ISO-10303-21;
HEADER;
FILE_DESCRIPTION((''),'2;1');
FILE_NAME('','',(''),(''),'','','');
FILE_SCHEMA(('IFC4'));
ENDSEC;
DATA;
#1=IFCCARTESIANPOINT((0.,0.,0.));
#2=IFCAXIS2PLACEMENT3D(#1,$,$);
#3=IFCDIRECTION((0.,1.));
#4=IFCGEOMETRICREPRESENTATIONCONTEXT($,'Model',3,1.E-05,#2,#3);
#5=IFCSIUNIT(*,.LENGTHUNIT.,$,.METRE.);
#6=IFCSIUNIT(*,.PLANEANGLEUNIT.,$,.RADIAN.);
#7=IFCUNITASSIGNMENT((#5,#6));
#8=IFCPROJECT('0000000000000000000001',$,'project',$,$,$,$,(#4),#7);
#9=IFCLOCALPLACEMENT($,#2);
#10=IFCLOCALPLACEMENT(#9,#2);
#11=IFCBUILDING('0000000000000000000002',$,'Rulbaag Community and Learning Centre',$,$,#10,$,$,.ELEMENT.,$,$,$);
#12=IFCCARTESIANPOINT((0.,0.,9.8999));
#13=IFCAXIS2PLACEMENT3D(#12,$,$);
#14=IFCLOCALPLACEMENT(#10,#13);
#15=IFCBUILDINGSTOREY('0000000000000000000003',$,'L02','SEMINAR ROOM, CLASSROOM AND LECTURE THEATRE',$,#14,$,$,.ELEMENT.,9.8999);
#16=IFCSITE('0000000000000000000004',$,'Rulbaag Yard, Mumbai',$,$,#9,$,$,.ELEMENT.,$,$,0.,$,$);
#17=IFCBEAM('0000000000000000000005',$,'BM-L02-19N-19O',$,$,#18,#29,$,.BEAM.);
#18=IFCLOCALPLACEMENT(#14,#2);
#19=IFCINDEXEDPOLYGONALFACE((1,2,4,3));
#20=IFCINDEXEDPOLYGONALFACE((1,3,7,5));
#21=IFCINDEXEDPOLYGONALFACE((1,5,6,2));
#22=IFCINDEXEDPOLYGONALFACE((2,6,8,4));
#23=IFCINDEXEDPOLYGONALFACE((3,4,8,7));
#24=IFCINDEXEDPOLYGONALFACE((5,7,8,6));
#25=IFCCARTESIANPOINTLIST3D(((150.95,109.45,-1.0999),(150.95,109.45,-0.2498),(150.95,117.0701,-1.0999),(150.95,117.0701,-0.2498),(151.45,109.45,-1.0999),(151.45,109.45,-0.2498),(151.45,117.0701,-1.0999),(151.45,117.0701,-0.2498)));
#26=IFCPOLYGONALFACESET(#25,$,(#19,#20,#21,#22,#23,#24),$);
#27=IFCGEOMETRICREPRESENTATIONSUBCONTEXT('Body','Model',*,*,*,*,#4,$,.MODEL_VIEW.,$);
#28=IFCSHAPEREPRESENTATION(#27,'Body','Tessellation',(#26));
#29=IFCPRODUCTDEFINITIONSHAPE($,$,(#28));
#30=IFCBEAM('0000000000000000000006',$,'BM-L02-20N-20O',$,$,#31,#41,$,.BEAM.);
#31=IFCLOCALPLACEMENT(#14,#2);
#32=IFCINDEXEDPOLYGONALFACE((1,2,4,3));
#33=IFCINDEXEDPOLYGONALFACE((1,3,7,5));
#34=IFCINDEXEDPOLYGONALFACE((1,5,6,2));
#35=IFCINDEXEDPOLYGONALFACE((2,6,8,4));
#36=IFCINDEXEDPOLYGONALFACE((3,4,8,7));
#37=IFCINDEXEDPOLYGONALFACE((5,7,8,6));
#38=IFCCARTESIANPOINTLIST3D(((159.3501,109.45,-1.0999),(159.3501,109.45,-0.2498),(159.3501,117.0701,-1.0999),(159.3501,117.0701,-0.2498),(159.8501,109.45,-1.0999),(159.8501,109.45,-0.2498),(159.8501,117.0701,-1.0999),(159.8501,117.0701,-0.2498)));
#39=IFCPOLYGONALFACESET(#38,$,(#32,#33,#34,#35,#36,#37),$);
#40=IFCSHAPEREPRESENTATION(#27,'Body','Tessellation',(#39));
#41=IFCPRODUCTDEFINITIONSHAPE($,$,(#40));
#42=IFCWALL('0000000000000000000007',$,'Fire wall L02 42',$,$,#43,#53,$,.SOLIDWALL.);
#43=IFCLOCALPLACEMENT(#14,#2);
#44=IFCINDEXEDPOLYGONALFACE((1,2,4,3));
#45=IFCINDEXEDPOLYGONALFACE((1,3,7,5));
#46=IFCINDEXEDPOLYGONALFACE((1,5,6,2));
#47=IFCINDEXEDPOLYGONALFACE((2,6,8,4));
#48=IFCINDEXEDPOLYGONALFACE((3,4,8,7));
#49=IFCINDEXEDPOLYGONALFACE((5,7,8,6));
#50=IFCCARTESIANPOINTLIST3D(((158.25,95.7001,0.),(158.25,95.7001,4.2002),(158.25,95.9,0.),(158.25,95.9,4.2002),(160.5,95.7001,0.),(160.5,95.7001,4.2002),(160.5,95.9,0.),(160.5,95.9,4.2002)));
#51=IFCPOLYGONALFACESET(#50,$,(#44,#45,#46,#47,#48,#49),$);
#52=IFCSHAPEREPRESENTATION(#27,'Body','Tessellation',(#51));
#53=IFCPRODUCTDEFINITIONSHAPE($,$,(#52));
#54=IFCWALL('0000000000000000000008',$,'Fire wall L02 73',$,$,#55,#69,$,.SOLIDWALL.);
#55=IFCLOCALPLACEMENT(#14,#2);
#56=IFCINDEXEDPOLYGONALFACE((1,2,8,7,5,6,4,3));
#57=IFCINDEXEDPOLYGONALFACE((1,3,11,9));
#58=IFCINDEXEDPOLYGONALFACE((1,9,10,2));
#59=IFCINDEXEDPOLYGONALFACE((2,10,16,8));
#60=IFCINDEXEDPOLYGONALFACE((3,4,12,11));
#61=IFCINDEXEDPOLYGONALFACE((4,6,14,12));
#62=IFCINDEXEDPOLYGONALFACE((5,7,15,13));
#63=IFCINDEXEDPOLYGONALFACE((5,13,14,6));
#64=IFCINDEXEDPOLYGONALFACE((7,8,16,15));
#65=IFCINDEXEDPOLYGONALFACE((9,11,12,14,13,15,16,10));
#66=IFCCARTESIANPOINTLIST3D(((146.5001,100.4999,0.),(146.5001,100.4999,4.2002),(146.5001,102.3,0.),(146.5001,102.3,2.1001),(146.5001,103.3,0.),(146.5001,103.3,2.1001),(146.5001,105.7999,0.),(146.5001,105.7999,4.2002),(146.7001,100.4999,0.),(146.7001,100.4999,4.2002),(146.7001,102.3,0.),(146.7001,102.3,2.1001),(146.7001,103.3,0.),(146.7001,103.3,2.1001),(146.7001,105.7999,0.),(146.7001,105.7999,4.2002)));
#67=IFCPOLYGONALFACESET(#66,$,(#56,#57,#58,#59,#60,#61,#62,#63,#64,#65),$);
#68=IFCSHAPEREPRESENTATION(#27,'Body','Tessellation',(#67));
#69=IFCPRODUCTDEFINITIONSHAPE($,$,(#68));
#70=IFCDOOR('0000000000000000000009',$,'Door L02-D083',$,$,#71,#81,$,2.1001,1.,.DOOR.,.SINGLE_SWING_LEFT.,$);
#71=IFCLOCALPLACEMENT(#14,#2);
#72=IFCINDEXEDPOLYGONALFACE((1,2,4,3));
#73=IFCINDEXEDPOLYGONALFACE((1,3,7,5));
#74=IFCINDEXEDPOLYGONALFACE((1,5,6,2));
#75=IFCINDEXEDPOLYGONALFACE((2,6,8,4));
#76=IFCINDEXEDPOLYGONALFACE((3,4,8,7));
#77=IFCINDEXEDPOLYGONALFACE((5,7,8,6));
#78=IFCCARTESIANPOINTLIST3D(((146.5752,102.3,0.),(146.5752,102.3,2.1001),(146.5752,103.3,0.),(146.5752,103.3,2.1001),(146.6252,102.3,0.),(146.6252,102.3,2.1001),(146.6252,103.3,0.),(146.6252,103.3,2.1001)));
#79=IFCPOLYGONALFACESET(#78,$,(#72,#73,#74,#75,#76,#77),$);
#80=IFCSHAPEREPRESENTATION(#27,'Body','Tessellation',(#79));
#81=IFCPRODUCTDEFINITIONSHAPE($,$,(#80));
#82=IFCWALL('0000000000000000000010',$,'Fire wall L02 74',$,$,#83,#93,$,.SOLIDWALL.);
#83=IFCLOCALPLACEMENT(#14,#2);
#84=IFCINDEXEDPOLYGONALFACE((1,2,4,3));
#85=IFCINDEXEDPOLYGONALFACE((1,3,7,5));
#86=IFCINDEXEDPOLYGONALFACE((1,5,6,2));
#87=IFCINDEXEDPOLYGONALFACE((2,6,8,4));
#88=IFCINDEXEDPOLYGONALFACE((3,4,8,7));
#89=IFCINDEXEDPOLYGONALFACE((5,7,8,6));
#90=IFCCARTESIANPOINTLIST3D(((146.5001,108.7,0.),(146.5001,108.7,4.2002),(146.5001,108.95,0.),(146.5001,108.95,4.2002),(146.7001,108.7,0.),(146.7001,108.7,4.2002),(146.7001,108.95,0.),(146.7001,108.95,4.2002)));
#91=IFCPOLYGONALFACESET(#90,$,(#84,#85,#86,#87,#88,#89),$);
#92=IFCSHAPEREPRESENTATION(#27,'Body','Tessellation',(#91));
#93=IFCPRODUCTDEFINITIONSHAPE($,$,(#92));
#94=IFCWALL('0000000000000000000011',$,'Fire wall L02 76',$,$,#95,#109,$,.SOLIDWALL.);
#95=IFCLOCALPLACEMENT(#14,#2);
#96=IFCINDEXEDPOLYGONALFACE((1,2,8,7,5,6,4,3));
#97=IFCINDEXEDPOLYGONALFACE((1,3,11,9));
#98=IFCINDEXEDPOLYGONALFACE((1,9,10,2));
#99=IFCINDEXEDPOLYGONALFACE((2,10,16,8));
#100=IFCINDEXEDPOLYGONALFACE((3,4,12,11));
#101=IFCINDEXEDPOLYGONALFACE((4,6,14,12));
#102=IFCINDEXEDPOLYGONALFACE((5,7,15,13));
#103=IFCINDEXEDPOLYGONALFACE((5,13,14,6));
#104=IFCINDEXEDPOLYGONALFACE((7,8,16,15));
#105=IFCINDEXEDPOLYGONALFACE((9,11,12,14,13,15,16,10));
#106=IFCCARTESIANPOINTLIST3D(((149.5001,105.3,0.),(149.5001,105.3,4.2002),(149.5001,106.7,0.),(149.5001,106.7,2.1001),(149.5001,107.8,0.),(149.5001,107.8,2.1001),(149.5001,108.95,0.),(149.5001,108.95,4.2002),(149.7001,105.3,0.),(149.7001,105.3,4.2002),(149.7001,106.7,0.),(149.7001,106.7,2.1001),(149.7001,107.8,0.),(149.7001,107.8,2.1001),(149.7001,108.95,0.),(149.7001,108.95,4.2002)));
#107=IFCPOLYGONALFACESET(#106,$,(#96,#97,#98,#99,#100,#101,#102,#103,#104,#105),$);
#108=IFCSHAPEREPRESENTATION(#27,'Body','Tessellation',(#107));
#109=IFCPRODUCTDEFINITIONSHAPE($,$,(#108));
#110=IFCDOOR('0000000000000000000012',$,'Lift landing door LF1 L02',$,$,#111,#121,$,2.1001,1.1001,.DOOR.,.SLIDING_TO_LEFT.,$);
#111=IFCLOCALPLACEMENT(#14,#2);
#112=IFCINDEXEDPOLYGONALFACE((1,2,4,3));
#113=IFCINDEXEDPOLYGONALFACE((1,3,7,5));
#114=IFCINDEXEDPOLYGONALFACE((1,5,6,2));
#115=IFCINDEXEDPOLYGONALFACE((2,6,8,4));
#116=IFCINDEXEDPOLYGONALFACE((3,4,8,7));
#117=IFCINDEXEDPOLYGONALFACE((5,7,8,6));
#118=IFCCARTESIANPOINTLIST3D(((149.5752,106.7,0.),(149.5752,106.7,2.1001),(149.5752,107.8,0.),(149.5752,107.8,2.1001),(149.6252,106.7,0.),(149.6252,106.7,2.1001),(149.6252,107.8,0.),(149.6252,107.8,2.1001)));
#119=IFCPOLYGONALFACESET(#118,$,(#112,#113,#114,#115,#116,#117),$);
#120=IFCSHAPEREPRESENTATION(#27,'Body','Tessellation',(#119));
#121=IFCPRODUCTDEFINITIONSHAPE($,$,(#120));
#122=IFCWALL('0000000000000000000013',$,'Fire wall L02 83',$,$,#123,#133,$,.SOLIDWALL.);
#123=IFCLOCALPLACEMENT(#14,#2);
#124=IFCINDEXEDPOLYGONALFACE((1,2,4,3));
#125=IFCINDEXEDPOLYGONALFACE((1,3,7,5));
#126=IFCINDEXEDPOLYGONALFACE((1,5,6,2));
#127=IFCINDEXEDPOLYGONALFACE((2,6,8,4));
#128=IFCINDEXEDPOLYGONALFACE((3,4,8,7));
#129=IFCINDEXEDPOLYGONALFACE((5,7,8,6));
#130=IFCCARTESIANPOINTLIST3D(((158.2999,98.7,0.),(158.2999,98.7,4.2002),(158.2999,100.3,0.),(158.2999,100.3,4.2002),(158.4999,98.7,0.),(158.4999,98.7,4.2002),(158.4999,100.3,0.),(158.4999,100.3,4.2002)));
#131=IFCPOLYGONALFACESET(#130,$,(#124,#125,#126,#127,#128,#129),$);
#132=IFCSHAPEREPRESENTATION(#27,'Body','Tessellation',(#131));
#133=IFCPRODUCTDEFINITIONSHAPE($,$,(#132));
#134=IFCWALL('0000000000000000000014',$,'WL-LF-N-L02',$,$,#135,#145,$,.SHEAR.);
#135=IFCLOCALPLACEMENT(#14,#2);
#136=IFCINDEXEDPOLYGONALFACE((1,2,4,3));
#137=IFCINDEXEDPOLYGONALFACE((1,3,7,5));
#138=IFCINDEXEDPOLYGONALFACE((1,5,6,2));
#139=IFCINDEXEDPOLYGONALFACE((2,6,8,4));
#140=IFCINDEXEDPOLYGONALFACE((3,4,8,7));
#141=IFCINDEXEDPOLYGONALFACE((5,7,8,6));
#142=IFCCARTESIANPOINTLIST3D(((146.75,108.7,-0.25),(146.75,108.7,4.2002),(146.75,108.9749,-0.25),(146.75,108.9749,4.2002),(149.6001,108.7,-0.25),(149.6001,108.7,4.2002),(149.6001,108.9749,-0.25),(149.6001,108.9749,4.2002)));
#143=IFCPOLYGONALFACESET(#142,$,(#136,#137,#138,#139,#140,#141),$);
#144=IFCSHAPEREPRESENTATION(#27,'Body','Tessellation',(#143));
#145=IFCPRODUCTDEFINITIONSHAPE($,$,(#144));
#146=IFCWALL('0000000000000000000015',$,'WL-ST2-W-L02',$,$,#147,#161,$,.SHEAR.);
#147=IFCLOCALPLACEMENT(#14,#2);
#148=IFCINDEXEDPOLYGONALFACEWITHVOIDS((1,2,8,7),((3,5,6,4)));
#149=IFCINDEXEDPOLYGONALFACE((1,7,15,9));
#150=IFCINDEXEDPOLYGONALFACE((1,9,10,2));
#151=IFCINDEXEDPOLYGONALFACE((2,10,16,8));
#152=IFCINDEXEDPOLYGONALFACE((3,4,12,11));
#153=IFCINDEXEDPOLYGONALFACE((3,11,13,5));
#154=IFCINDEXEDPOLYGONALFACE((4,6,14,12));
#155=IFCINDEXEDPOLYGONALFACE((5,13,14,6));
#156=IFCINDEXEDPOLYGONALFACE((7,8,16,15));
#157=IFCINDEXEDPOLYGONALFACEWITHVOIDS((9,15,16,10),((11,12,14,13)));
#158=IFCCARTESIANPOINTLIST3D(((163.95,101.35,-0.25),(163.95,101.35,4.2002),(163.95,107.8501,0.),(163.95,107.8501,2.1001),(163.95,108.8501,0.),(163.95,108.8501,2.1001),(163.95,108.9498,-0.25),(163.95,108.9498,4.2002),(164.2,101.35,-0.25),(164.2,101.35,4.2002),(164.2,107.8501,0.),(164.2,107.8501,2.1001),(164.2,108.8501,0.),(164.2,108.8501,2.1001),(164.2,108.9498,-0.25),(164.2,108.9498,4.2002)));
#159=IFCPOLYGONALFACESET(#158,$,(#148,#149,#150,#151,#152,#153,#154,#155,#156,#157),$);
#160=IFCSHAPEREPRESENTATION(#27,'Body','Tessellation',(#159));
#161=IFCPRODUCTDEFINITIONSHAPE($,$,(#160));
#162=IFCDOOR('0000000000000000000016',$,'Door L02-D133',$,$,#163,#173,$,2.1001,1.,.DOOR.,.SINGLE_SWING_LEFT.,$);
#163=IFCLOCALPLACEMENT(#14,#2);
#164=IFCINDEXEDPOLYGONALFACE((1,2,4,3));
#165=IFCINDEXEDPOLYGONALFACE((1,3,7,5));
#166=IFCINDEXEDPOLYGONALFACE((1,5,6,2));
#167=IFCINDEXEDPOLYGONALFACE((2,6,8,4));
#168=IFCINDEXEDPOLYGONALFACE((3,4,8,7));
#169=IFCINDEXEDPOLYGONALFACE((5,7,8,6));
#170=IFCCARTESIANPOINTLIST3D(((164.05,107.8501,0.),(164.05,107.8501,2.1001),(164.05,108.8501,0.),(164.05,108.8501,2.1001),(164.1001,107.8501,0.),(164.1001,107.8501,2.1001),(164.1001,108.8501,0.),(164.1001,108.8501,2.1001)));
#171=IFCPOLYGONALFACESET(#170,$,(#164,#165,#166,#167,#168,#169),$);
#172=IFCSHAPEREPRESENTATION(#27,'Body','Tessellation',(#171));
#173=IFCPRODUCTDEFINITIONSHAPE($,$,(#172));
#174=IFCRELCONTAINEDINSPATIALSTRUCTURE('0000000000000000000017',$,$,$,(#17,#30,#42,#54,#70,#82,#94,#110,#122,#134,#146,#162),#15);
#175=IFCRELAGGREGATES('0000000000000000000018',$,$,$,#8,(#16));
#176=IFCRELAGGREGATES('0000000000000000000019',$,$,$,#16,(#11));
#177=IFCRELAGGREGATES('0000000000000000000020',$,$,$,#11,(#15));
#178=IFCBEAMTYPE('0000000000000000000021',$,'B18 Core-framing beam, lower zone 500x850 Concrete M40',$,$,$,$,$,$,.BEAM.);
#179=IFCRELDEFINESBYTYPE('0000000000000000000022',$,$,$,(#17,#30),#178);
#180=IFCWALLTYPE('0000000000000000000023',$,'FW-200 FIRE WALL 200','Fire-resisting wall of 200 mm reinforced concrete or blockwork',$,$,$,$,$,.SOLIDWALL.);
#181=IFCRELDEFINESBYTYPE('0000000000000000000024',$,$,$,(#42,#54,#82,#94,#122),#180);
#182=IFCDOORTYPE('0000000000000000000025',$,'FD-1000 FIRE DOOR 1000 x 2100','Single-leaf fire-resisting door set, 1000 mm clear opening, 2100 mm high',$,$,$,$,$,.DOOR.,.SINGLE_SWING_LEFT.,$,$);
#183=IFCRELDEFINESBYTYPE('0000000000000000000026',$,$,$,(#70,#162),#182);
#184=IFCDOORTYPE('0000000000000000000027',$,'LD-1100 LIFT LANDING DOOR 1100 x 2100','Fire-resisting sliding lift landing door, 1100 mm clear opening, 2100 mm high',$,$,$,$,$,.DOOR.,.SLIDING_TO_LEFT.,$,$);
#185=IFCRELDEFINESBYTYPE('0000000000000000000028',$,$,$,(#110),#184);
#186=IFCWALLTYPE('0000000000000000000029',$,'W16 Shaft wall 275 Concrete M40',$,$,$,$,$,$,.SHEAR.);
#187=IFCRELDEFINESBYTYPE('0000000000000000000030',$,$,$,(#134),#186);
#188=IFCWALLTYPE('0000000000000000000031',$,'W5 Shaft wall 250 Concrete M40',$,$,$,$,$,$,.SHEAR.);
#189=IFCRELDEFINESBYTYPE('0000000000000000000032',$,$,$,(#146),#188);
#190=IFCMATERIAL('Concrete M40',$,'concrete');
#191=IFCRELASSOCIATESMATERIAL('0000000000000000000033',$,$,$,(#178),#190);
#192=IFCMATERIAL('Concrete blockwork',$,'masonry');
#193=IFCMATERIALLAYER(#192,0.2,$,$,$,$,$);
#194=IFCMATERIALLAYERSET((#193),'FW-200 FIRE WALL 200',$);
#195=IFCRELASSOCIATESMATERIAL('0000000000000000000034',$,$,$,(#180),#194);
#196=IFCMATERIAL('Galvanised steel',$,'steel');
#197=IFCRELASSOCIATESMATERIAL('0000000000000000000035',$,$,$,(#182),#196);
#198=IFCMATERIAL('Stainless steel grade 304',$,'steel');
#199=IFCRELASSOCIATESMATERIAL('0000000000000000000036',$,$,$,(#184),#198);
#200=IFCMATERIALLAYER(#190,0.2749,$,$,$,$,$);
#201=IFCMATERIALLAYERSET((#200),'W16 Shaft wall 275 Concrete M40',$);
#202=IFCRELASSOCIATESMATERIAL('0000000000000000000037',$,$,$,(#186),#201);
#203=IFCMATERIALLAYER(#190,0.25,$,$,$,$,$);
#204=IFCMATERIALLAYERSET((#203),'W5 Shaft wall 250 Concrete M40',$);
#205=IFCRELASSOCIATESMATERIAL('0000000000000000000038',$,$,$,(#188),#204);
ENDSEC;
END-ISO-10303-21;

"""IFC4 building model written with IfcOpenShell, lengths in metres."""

from ifc_helpers import new_model, si_unit, direction, frame, frame_2d, origin, origin_2d, place, context, subcontext, project, spatial, rectangle, extrude, material, layer, layer_set, material_profile, profile_set, type_object, element, fill, save


model = new_model("IFC4")

# Units and contexts
model_context = context("Model", 3, precision=1e-05, world=origin(), true_north=direction((0.0, 1.0)))
body_context = subcontext(model_context, "Body", "Model", "MODEL_VIEW")
ifc_project = project(units=[si_unit("LENGTHUNIT", "METRE"), si_unit("PLANEANGLEUNIT", "RADIAN")], contexts=[model_context])

# Site, building, storey
site_placement = place(None, origin())
site = spatial("IfcSite", under=ifc_project, at=site_placement, Name="Rulbaag Yard, Mumbai", CompositionType="ELEMENT", RefElevation=0.0)
building_placement = place(site_placement, origin())
building = spatial("IfcBuilding", under=site, at=building_placement, Name="Rulbaag Community and Learning Centre", CompositionType="ELEMENT")
storey_placement = place(building_placement, frame((0.0, 0.0, 9.8999)))
storey = spatial("IfcBuildingStorey", under=building, at=storey_placement, Name="L02", Description="SEMINAR ROOM, CLASSROOM AND LECTURE THEATRE", CompositionType="ELEMENT", Elevation=9.8999)

# Beams
ifc_material_1 = material(Name="Concrete M40", Category="concrete")
ifc_material_profile = material_profile(ifc_material_1, rectangle(XDim=0.5, YDim=0.8501, at=origin_2d()), Name="RB500x850")
ifc_profile_set = profile_set([ifc_material_profile], Name="Concrete M40")
beam_type = type_object("IfcBeamType", Name="B18 Core-framing beam, lower zone 500x850 Concrete M40", PredefinedType="BEAM", material=ifc_profile_set)
for number, where, z_axis, x_axis, name in (
    (1, (151.2, 109.45, -0.6748), (0.0, 1.0, 0.0), (-1.0, 0.0, 0.0), "BM-L02-19N-19O"),
    (2, (159.6001, 109.45, -0.6748), (0.0, 1.0, 0.0), (-1.0, 0.0, 0.0), "BM-L02-20N-20O"),
):
    element("IfcBeam", number, at=place(storey_placement, frame(where, z_axis=z_axis, x_axis=x_axis)), inside=storey, type_object=beam_type, Name=name, PredefinedType="BEAM", context=body_context, shape_type="SweptSolid", body=[
        extrude(rectangle(XDim=0.5, YDim=0.8501, at=origin_2d()), origin(), (0.0, 0.0, 1.0), 7.6201),
    ])

# Wall
ifc_material_2 = material(Name="Concrete blockwork", Category="masonry")
ifc_layer_1 = layer(ifc_material_2, 0.2)
ifc_layer_set_1 = layer_set([ifc_layer_1], Name="FW-200 FIRE WALL 200")
wall_type_1 = type_object("IfcWallType", Name="FW-200 FIRE WALL 200", Description="Fire-resisting wall of 200 mm reinforced concrete or blockwork", PredefinedType="SOLIDWALL", material=ifc_layer_set_1)
wall_1_placement = place(storey_placement, frame((158.25, 95.8, 0.0), z_axis=(0.0, 0.0, 1.0), x_axis=(1.0, 0.0, 0.0)))
element("IfcWall", 3, at=wall_1_placement, inside=storey, type_object=wall_type_1, Name="Fire wall L02 42", PredefinedType="SOLIDWALL", context=body_context, shape_type="SweptSolid", body=[
    extrude(rectangle(XDim=2.25, YDim=0.2, at=frame_2d((1.125, 0.0))), origin(), (0.0, 0.0, 1.0), 4.2002),
])

# Wall, opening, door
wall_2_placement = place(storey_placement, frame((146.6001, 100.5, 0.0), z_axis=(0.0, 0.0, 1.0), x_axis=(0.0, 1.0, 0.0)))
wall_2 = element("IfcWall", 4, at=wall_2_placement, inside=storey, type_object=wall_type_1, Name="Fire wall L02 73", PredefinedType="SOLIDWALL", context=body_context, shape_type="SweptSolid", body=[
    extrude(rectangle(XDim=5.3, YDim=0.2, at=frame_2d((2.6499, 0.0))), origin(), (0.0, 0.0, 1.0), 4.2002),
])
opening_1_placement = place(wall_2_placement, frame((1.8, 0.0, 0.0)))
opening_1 = element("IfcOpeningElement", 5, at=opening_1_placement, cuts=wall_2, PredefinedType="OPENING", context=body_context, shape_type="SweptSolid", body=[
    extrude(rectangle(XDim=1.0, YDim=2.1001, at=frame_2d((0.5, 1.05))), frame((0.0, 0.1099, 0.0), z_axis=(0.0, -1.0, 0.0), x_axis=(1.0, 0.0, 0.0)), (0.0, 0.0, 1.0), 0.22),
])
ifc_material_3 = material(Name="Galvanised steel", Category="steel")
door_type_1 = type_object("IfcDoorType", Name="FD-1000 FIRE DOOR 1000 x 2100", Description="Single-leaf fire-resisting door set, 1000 mm clear opening, 2100 mm high", OperationType="SINGLE_SWING_LEFT", PredefinedType="DOOR", material=ifc_material_3)
door_1_placement = place(opening_1_placement, origin())
door_1 = element("IfcDoor", 6, at=door_1_placement, inside=storey, type_object=door_type_1, Name="Door L02-D083", OperationType="SINGLE_SWING_LEFT", OverallHeight=2.1001, OverallWidth=1.0, PredefinedType="DOOR", context=body_context, shape_type="SweptSolid", body=[
    extrude(rectangle(XDim=1.0, YDim=2.1001, at=frame_2d((0.5, 1.05))), frame((0.0, 0.0249, 0.0), z_axis=(0.0, -1.0, 0.0), x_axis=(1.0, 0.0, 0.0)), (0.0, 0.0, 1.0), 0.05),
])
fill(opening_1, door_1)

# Wall
wall_3_placement = place(storey_placement, frame((146.6001, 108.7, 0.0), z_axis=(0.0, 0.0, 1.0), x_axis=(0.0, 1.0, 0.0)))
element("IfcWall", 7, at=wall_3_placement, inside=storey, type_object=wall_type_1, Name="Fire wall L02 74", PredefinedType="SOLIDWALL", context=body_context, shape_type="SweptSolid", body=[
    extrude(rectangle(XDim=0.25, YDim=0.2, at=frame_2d((0.125, 0.0))), origin(), (0.0, 0.0, 1.0), 4.2002),
])

# Wall, opening, door
wall_4_placement = place(storey_placement, frame((149.6001, 105.3, 0.0), z_axis=(0.0, 0.0, 1.0), x_axis=(0.0, 1.0, 0.0)))
wall_4 = element("IfcWall", 8, at=wall_4_placement, inside=storey, type_object=wall_type_1, Name="Fire wall L02 76", PredefinedType="SOLIDWALL", context=body_context, shape_type="SweptSolid", body=[
    extrude(rectangle(XDim=3.6499, YDim=0.2, at=frame_2d((1.825, 0.0))), origin(), (0.0, 0.0, 1.0), 4.2002),
])
opening_2_placement = place(wall_4_placement, frame((1.3999, 0.0, 0.0)))
opening_2 = element("IfcOpeningElement", 9, at=opening_2_placement, cuts=wall_4, PredefinedType="OPENING", context=body_context, shape_type="SweptSolid", body=[
    extrude(rectangle(XDim=1.1001, YDim=2.1001, at=frame_2d((0.55, 1.05))), frame((0.0, 0.1099, 0.0), z_axis=(0.0, -1.0, 0.0), x_axis=(1.0, 0.0, 0.0)), (0.0, 0.0, 1.0), 0.22),
])
ifc_material_4 = material(Name="Stainless steel grade 304", Category="steel")
door_type_2 = type_object("IfcDoorType", Name="LD-1100 LIFT LANDING DOOR 1100 x 2100", Description="Fire-resisting sliding lift landing door, 1100 mm clear opening, 2100 mm high", OperationType="SLIDING_TO_LEFT", PredefinedType="DOOR", material=ifc_material_4)
door_2_placement = place(opening_2_placement, origin())
door_2 = element("IfcDoor", 10, at=door_2_placement, inside=storey, type_object=door_type_2, Name="Lift landing door LF1 L02", OperationType="SLIDING_TO_LEFT", OverallHeight=2.1001, OverallWidth=1.1001, PredefinedType="DOOR", context=body_context, shape_type="SweptSolid", body=[
    extrude(rectangle(XDim=1.1001, YDim=2.1001, at=frame_2d((0.55, 1.05))), frame((0.0, 0.0249, 0.0), z_axis=(0.0, -1.0, 0.0), x_axis=(1.0, 0.0, 0.0)), (0.0, 0.0, 1.0), 0.05),
])
fill(opening_2, door_2)

# Walls
wall_5_placement = place(storey_placement, frame((158.3999, 98.7, 0.0), z_axis=(0.0, 0.0, 1.0), x_axis=(0.0, 1.0, 0.0)))
element("IfcWall", 11, at=wall_5_placement, inside=storey, type_object=wall_type_1, Name="Fire wall L02 83", PredefinedType="SOLIDWALL", context=body_context, shape_type="SweptSolid", body=[
    extrude(rectangle(XDim=1.6001, YDim=0.2, at=frame_2d((0.8, 0.0))), origin(), (0.0, 0.0, 1.0), 4.2002),
])
ifc_layer_2 = layer(ifc_material_1, 0.2749)
ifc_layer_set_2 = layer_set([ifc_layer_2], Name="W16 Shaft wall 275 Concrete M40")
wall_type_2 = type_object("IfcWallType", Name="W16 Shaft wall 275 Concrete M40", PredefinedType="SHEAR", material=ifc_layer_set_2)
wall_6_placement = place(storey_placement, frame((146.75, 108.8374, -0.25), z_axis=(0.0, 0.0, 1.0), x_axis=(1.0, 0.0, 0.0)))
element("IfcWall", 12, at=wall_6_placement, inside=storey, type_object=wall_type_2, Name="WL-LF-N-L02", PredefinedType="SHEAR", context=body_context, shape_type="SweptSolid", body=[
    extrude(rectangle(XDim=2.8501, YDim=0.2749, at=frame_2d((1.425, 0.0))), origin(), (0.0, 0.0, 1.0), 4.4502),
])

# Wall, opening, door
ifc_layer_3 = layer(ifc_material_1, 0.25)
ifc_layer_set_3 = layer_set([ifc_layer_3], Name="W5 Shaft wall 250 Concrete M40")
wall_type_3 = type_object("IfcWallType", Name="W5 Shaft wall 250 Concrete M40", PredefinedType="SHEAR", material=ifc_layer_set_3)
wall_7_placement = place(storey_placement, frame((164.075, 101.3501, -0.25), z_axis=(0.0, 0.0, 1.0), x_axis=(0.0, 1.0, 0.0)))
wall_7 = element("IfcWall", 13, at=wall_7_placement, inside=storey, type_object=wall_type_3, Name="WL-ST2-W-L02", PredefinedType="SHEAR", context=body_context, shape_type="SweptSolid", body=[
    extrude(rectangle(XDim=7.5999, YDim=0.25, at=frame_2d((3.7998, 0.0))), origin(), (0.0, 0.0, 1.0), 4.4502),
])
opening_3_placement = place(wall_7_placement, frame((6.5, 0.0, 0.25)))
opening_3 = element("IfcOpeningElement", 14, at=opening_3_placement, cuts=wall_7, PredefinedType="OPENING", context=body_context, shape_type="SweptSolid", body=[
    extrude(rectangle(XDim=1.0, YDim=2.1001, at=frame_2d((0.5, 1.05))), frame((0.0, 0.135, 0.0), z_axis=(0.0, -1.0, 0.0), x_axis=(1.0, 0.0, 0.0)), (0.0, 0.0, 1.0), 0.27),
])
door_3_placement = place(opening_3_placement, origin())
door_3 = element("IfcDoor", 15, at=door_3_placement, inside=storey, type_object=door_type_1, Name="Door L02-D133", OperationType="SINGLE_SWING_LEFT", OverallHeight=2.1001, OverallWidth=1.0, PredefinedType="DOOR", context=body_context, shape_type="SweptSolid", body=[
    extrude(rectangle(XDim=1.0, YDim=2.1001, at=frame_2d((0.5, 1.05))), frame((0.0, 0.0249, 0.0), z_axis=(0.0, -1.0, 0.0), x_axis=(1.0, 0.0, 0.0)), (0.0, 0.0, 1.0), 0.05),
])
fill(opening_3, door_3)

save(model, "model.ifc")
